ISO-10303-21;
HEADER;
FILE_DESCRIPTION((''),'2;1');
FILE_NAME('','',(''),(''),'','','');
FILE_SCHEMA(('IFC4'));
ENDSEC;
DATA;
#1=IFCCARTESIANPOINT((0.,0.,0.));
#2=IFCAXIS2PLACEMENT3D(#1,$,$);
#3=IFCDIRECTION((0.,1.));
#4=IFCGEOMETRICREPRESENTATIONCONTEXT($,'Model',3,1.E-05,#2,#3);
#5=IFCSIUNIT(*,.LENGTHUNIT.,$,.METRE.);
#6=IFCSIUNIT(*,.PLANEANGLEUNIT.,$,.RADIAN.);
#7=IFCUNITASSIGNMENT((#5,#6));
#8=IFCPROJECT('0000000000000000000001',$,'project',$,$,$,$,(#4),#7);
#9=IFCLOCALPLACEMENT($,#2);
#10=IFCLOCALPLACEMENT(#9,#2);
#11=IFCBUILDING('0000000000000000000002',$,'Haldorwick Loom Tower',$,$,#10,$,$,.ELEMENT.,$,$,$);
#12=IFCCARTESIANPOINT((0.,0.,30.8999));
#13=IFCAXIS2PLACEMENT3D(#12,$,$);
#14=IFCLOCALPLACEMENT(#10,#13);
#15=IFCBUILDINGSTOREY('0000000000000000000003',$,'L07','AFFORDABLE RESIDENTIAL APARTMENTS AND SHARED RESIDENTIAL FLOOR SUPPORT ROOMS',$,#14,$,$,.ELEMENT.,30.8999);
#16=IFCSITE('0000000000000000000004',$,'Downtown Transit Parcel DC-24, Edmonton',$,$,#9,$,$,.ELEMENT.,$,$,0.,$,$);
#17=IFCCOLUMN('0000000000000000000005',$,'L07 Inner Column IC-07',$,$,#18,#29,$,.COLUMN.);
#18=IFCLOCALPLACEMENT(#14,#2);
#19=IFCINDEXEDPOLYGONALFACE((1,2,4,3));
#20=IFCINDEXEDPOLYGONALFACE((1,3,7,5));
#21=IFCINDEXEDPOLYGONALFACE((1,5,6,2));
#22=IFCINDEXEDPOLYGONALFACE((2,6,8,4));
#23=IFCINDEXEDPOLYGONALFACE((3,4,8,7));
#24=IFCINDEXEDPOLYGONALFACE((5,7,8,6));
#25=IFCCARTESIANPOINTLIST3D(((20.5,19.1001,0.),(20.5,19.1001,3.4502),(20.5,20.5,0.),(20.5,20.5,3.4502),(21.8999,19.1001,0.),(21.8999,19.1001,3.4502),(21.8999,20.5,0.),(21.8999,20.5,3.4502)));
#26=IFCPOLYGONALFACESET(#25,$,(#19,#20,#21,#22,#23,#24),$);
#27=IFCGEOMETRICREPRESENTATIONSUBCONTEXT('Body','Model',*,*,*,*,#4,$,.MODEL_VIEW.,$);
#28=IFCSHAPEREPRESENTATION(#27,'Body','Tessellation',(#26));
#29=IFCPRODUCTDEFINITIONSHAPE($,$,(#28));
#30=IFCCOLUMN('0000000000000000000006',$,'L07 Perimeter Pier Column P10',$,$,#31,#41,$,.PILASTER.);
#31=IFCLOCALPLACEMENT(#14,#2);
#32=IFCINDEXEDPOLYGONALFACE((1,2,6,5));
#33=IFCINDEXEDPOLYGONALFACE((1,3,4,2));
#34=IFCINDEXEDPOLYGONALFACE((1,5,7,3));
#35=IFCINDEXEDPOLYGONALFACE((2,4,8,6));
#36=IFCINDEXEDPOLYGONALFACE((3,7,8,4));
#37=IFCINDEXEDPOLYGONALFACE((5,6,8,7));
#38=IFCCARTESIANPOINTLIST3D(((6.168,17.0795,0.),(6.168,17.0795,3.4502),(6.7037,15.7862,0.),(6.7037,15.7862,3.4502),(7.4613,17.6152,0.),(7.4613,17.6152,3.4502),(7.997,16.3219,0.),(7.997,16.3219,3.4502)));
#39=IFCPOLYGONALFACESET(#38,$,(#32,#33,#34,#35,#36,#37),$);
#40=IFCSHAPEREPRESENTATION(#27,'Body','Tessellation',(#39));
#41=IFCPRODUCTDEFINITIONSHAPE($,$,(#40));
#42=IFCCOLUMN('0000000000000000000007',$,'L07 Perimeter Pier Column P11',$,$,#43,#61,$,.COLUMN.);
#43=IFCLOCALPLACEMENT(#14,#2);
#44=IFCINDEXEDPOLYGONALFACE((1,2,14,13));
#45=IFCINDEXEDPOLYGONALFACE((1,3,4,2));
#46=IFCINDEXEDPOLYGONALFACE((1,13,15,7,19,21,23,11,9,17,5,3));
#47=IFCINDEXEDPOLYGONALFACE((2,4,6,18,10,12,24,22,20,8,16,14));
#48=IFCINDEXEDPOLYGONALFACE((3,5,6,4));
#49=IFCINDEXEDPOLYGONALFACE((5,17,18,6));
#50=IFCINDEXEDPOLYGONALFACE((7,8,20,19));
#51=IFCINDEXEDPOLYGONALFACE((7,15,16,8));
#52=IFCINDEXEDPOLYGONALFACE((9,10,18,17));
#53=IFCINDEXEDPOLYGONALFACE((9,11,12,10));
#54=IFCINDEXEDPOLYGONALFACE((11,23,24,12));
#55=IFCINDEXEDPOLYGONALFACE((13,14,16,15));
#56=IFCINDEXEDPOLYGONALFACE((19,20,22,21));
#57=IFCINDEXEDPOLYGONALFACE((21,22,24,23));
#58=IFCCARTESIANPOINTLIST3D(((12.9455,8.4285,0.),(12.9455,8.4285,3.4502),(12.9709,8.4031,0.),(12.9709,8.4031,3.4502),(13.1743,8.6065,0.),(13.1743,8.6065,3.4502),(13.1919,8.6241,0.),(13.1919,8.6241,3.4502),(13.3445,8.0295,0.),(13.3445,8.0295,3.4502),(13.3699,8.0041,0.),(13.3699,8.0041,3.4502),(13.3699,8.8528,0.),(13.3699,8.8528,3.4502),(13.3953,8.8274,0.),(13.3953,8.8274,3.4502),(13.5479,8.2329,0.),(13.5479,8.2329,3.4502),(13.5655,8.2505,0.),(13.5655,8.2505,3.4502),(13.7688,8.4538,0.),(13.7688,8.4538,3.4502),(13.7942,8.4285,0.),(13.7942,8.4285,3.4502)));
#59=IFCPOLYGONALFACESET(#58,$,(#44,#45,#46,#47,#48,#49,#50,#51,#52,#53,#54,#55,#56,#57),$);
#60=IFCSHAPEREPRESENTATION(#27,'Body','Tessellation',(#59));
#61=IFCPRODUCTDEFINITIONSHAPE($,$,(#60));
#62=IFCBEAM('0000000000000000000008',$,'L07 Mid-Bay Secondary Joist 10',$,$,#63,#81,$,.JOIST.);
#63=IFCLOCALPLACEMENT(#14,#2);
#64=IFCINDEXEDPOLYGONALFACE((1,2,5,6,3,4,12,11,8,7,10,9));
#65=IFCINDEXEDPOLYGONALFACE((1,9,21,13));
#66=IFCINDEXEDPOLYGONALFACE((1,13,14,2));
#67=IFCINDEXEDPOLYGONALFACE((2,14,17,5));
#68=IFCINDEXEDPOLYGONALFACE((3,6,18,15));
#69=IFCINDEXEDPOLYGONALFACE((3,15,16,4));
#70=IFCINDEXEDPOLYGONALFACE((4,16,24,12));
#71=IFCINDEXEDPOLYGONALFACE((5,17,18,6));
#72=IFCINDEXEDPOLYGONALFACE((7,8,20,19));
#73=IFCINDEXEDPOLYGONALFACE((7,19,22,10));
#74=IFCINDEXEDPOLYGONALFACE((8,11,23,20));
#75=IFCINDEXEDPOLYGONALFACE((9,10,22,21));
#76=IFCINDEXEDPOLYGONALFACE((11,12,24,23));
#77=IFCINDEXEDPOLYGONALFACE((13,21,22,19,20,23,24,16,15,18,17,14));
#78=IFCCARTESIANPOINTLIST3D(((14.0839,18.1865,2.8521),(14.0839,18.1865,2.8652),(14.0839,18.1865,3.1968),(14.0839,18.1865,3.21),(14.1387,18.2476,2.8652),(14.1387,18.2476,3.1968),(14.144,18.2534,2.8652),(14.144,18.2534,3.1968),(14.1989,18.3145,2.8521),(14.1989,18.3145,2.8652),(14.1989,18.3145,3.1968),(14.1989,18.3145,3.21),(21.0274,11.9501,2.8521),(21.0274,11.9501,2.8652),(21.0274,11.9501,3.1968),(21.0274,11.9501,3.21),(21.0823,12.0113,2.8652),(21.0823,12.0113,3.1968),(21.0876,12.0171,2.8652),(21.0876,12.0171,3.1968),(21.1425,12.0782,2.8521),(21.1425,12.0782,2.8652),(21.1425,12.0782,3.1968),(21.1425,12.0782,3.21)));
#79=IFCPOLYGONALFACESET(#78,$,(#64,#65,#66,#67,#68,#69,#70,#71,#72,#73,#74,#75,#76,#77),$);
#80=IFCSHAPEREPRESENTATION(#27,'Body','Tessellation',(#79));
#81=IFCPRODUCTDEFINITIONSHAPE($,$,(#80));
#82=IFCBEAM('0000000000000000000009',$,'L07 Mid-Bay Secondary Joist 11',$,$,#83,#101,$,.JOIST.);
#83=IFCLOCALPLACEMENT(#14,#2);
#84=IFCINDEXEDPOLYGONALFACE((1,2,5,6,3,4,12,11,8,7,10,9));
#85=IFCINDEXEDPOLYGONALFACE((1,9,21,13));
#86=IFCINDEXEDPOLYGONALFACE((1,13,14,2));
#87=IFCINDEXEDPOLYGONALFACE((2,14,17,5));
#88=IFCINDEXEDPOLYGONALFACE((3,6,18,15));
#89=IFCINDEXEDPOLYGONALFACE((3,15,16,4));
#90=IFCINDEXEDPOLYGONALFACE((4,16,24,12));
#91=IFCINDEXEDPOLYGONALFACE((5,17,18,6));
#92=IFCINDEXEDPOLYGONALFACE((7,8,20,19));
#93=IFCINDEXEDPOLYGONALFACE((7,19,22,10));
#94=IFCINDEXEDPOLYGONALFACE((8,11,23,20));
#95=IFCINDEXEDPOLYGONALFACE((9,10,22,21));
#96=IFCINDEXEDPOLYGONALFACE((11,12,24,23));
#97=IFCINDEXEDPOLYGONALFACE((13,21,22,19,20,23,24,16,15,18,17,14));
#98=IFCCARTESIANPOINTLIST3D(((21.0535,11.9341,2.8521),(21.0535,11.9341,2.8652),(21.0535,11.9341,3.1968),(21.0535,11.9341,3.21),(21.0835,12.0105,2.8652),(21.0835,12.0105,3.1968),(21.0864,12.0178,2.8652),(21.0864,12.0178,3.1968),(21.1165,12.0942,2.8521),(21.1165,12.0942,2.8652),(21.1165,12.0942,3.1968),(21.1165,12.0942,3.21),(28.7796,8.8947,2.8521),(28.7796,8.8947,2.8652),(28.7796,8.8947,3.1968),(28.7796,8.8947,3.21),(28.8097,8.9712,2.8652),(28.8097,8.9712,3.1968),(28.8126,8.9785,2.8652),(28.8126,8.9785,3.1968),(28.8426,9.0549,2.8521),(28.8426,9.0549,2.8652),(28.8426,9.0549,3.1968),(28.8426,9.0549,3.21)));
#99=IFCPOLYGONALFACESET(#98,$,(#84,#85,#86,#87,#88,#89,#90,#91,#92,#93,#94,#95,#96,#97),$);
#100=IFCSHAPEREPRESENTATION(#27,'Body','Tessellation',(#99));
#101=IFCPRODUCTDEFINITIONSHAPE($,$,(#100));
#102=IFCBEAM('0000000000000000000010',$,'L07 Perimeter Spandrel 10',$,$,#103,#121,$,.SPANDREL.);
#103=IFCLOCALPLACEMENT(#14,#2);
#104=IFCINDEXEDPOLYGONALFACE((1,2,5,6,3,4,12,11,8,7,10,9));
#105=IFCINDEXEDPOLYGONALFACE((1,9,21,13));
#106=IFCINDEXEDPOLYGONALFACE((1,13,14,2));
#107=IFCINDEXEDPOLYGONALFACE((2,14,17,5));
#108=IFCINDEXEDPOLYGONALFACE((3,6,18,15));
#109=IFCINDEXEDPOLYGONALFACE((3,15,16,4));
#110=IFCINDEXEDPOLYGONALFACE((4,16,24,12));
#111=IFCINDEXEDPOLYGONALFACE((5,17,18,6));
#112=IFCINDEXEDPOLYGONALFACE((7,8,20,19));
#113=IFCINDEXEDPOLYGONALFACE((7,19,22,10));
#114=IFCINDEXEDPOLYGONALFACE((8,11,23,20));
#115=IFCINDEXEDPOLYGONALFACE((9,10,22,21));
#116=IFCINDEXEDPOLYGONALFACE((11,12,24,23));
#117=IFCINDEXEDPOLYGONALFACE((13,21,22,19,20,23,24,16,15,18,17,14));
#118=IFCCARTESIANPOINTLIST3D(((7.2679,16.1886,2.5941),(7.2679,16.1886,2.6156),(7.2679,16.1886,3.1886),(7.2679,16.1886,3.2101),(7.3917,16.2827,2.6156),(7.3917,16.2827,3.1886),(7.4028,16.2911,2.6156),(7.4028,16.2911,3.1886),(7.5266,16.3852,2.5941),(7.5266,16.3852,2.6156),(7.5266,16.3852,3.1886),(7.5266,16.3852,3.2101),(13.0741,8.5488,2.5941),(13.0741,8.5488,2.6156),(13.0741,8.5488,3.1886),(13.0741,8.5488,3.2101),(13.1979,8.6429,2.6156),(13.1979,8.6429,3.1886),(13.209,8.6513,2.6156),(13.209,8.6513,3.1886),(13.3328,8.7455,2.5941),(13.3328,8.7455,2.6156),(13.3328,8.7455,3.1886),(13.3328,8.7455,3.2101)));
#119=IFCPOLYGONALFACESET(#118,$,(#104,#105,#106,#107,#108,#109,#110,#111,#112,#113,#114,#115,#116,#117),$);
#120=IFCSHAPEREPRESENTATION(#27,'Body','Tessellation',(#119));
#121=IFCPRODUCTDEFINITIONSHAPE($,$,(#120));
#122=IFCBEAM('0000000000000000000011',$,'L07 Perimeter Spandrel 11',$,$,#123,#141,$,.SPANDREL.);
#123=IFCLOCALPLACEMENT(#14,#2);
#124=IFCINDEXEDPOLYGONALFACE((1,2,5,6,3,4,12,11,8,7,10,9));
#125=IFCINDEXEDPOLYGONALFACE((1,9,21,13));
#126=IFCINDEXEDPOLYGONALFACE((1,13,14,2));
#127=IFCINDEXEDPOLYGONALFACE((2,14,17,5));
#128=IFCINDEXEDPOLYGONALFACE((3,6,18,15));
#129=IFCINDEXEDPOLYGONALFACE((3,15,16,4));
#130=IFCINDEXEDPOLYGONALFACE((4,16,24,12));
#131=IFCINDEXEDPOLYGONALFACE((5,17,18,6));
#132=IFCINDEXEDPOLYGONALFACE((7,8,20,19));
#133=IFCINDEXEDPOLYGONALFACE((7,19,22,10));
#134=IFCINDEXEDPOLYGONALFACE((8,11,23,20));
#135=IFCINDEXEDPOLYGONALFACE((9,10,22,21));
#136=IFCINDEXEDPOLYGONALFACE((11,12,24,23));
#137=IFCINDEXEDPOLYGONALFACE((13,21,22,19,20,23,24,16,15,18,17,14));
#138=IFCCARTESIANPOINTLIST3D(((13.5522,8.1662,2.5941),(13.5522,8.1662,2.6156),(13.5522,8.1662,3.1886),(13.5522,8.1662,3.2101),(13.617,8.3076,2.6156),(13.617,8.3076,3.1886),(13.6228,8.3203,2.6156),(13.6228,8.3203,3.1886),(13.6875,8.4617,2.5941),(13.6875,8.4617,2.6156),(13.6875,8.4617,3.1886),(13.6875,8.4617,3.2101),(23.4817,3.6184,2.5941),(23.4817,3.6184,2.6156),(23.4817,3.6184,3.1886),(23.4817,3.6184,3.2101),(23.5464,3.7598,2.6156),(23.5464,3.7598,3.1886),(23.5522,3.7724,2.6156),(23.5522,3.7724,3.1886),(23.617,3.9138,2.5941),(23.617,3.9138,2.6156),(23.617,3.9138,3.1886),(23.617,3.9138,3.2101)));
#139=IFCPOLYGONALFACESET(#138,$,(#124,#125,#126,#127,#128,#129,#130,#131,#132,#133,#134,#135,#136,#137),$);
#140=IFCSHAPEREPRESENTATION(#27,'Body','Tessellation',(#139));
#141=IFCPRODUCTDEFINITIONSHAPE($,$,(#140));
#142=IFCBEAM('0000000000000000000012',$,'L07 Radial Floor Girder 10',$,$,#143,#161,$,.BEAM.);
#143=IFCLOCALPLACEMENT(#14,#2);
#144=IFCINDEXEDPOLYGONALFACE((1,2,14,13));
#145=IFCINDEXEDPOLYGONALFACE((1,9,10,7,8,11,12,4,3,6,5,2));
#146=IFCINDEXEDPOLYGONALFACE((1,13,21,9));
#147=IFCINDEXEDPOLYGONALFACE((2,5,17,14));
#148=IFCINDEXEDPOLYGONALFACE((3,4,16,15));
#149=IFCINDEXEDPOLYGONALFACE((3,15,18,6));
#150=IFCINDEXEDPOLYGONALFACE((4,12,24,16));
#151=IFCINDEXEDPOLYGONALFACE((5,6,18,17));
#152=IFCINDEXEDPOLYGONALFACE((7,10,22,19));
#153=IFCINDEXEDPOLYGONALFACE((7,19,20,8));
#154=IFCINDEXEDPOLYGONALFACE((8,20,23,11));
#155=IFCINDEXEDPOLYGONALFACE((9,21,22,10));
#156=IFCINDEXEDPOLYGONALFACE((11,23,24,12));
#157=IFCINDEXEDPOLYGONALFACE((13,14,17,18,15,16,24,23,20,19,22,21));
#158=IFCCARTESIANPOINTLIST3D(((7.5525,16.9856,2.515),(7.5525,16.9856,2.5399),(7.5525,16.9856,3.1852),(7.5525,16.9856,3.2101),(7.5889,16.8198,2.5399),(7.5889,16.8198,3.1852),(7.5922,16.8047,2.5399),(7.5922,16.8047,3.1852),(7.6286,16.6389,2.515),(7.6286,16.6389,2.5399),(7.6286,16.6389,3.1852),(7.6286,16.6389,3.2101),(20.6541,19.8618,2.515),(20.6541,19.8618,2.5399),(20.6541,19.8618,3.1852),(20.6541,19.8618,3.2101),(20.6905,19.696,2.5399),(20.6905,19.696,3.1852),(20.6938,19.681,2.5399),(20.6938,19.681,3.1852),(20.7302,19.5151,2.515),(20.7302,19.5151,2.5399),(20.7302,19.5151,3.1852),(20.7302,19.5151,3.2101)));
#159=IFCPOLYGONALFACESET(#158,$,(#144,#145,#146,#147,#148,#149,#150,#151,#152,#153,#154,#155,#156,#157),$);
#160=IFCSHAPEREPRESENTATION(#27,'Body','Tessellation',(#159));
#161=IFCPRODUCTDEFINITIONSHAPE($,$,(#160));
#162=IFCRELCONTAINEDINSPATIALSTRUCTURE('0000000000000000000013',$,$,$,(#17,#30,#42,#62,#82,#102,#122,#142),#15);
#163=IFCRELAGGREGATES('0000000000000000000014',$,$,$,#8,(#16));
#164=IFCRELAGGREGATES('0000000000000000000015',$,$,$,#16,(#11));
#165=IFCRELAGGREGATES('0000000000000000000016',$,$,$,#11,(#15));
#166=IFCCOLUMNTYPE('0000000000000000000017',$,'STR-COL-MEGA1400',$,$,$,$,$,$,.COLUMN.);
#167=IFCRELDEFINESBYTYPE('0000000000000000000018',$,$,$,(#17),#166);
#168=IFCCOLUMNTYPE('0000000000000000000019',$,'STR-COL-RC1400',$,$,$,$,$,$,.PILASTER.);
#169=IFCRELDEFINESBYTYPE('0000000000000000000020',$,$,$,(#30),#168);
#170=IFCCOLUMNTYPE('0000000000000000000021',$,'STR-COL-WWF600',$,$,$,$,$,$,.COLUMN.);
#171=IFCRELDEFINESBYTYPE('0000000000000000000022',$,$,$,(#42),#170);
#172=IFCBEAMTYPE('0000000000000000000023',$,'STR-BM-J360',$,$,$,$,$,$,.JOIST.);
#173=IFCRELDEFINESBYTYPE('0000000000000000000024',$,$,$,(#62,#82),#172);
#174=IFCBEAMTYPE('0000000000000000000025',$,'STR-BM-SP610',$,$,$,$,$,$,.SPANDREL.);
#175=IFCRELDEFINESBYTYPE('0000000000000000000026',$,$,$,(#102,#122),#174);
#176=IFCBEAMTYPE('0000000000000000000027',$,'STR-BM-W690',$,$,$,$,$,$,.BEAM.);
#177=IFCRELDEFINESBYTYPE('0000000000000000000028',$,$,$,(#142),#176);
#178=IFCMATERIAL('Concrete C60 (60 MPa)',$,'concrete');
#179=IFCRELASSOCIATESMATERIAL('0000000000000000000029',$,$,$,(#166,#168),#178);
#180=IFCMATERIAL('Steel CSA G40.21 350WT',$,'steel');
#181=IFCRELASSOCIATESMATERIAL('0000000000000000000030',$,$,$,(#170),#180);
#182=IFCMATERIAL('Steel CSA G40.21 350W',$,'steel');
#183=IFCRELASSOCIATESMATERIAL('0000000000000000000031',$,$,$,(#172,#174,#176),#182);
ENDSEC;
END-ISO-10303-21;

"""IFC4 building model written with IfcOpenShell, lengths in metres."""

from ifc_helpers import new_model, si_unit, direction, frame, origin, origin_2d, place, context, subcontext, project, spatial, rectangle, i_section, extrude, material, material_profile, profile_set, type_object, element, save


model = new_model("IFC4")

# Units and contexts
model_context = context("Model", 3, precision=1e-05, world=origin(), true_north=direction((0.0, 1.0)))
body_context = subcontext(model_context, "Body", "Model", "MODEL_VIEW")
ifc_project = project(units=[si_unit("LENGTHUNIT", "METRE"), si_unit("PLANEANGLEUNIT", "RADIAN")], contexts=[model_context])

# Site, building, storey
site_placement = place(None, origin())
site = spatial("IfcSite", under=ifc_project, at=site_placement, Name="Downtown Transit Parcel DC-24, Edmonton", CompositionType="ELEMENT", RefElevation=0.0)
building_placement = place(site_placement, origin())
building = spatial("IfcBuilding", under=site, at=building_placement, Name="Haldorwick Loom Tower", CompositionType="ELEMENT")
storey_placement = place(building_placement, frame((0.0, 0.0, 30.8999)))
storey = spatial("IfcBuildingStorey", under=building, at=storey_placement, Name="L07", Description="AFFORDABLE RESIDENTIAL APARTMENTS AND SHARED RESIDENTIAL FLOOR SUPPORT ROOMS", CompositionType="ELEMENT", Elevation=30.8999)

# Columns
ifc_material_1 = material(Name="Concrete C60 (60 MPa)", Category="concrete")
ifc_material_profile_1 = material_profile(ifc_material_1, rectangle(XDim=1.3999, YDim=1.3999, at=origin_2d()), Name="RC1400X1400", Category="concrete")
ifc_profile_set_1 = profile_set([ifc_material_profile_1], Name="Concrete C60 (60 MPa)")
column_type_1 = type_object("IfcColumnType", Name="STR-COL-MEGA1400", PredefinedType="COLUMN", material=ifc_profile_set_1)
column_1_placement = place(storey_placement, frame((21.2, 19.8, 0.0), z_axis=(0.0, 0.0, 1.0), x_axis=(1.0, 0.0, 0.0)))
element("IfcColumn", 1, at=column_1_placement, inside=storey, type_object=column_type_1, Name="L07 Inner Column IC-07", PredefinedType="COLUMN", context=body_context, shape_type="SweptSolid", body=[
    extrude(rectangle(XDim=1.3999, YDim=1.3999, at=origin_2d()), origin(), (0.0, 0.0, 1.0), 3.4502),
])
ifc_material_profile_2 = material_profile(ifc_material_1, rectangle(XDim=1.3999, YDim=1.3999, at=origin_2d()), Name="RC1400X1400", Category="concrete")
ifc_profile_set_2 = profile_set([ifc_material_profile_2], Name="Concrete C60 (60 MPa)")
column_type_2 = type_object("IfcColumnType", Name="STR-COL-RC1400", PredefinedType="PILASTER", material=ifc_profile_set_2)
column_2_placement = place(storey_placement, frame((7.0825, 16.7007, 0.0), z_axis=(0.0, 0.0, 1.0), x_axis=(-0.92388, -0.382683, 0.0)))
element("IfcColumn", 2, at=column_2_placement, inside=storey, type_object=column_type_2, Name="L07 Perimeter Pier Column P10", PredefinedType="PILASTER", context=body_context, shape_type="SweptSolid", body=[
    extrude(rectangle(XDim=1.3999, YDim=1.3999, at=origin_2d()), origin(), (0.0, 0.0, 1.0), 3.4502),
])
ifc_material_2 = material(Name="Steel CSA G40.21 350WT", Category="steel")
ifc_material_profile_3 = material_profile(ifc_material_2, i_section(OverallWidth=0.6001, OverallDepth=0.6001, WebThickness=0.0249, FlangeThickness=0.0359, at=origin_2d()), Name="WWF600X600", Category="steel")
ifc_profile_set_3 = profile_set([ifc_material_profile_3], Name="Steel CSA G40.21 350WT")
column_type_3 = type_object("IfcColumnType", Name="STR-COL-WWF600", PredefinedType="COLUMN", material=ifc_profile_set_3)
column_3_placement = place(storey_placement, frame((13.3699, 8.4285, 0.0), z_axis=(0.0, 0.0, 1.0), x_axis=(-0.707107, -0.707107, 0.0)))
element("IfcColumn", 3, at=column_3_placement, inside=storey, type_object=column_type_3, Name="L07 Perimeter Pier Column P11", PredefinedType="COLUMN", context=body_context, shape_type="SweptSolid", body=[
    extrude(i_section(OverallWidth=0.6001, OverallDepth=0.6001, WebThickness=0.0249, FlangeThickness=0.0359, at=origin_2d()), origin(), (0.0, 0.0, 1.0), 3.4502),
])

# Beams
ifc_material_3 = material(Name="Steel CSA G40.21 350W", Category="steel")
ifc_material_profile_4 = material_profile(ifc_material_3, i_section(OverallWidth=0.1721, OverallDepth=0.3579, WebThickness=0.0078, FlangeThickness=0.0132, at=origin_2d()), Name="W360X57", Category="steel")
ifc_profile_set_4 = profile_set([ifc_material_profile_4], Name="Steel CSA G40.21 350W")
beam_type_1 = type_object("IfcBeamType", Name="STR-BM-J360", PredefinedType="JOIST", material=ifc_profile_set_4)
beam_1_placement = place(storey_placement, frame((14.1414, 18.2505, 3.031), z_axis=(0.743982, -0.6682, 0.0), x_axis=(0.6682, 0.743982, 0.0)))
element("IfcBeam", 4, at=beam_1_placement, inside=storey, type_object=beam_type_1, Name="L07 Mid-Bay Secondary Joist 10", PredefinedType="JOIST", context=body_context, shape_type="SweptSolid", body=[
    extrude(i_section(OverallWidth=0.1721, OverallDepth=0.3579, WebThickness=0.0078, FlangeThickness=0.0132, at=origin_2d()), origin(), (0.0, 0.0, 1.0), 9.333),
])
beam_2_placement = place(storey_placement, frame((21.085, 12.0142, 3.031), z_axis=(0.930585, -0.366076, 0.0), x_axis=(0.366076, 0.930585, 0.0)))
element("IfcBeam", 5, at=beam_2_placement, inside=storey, type_object=beam_type_1, Name="L07 Mid-Bay Secondary Joist 11", PredefinedType="JOIST", context=body_context, shape_type="SweptSolid", body=[
    extrude(i_section(OverallWidth=0.1721, OverallDepth=0.3579, WebThickness=0.0078, FlangeThickness=0.0132, at=origin_2d()), origin(), (0.0, 0.0, 1.0), 8.3025),
])
ifc_material_profile_5 = material_profile(ifc_material_3, i_section(OverallWidth=0.325, OverallDepth=0.616, WebThickness=0.0139, FlangeThickness=0.0215, at=origin_2d()), Name="W610X174", Category="steel")
ifc_profile_set_5 = profile_set([ifc_material_profile_5], Name="Steel CSA G40.21 350W")
beam_type_2 = type_object("IfcBeamType", Name="STR-BM-SP610", PredefinedType="SPANDREL", material=ifc_profile_set_5)
beam_3_placement = place(storey_placement, frame((7.3972, 16.2869, 2.9021), z_axis=(0.605085, -0.796161, 0.0), x_axis=(0.796161, 0.605085, 0.0)))
element("IfcBeam", 6, at=beam_3_placement, inside=storey, type_object=beam_type_2, Name="L07 Perimeter Spandrel 10", PredefinedType="SPANDREL", context=body_context, shape_type="SweptSolid", body=[
    extrude(i_section(OverallWidth=0.325, OverallDepth=0.616, WebThickness=0.0139, FlangeThickness=0.0215, at=origin_2d()), origin(), (0.0, 0.0, 1.0), 9.5957),
])
beam_4_placement = place(storey_placement, frame((13.6199, 8.314, 2.9021), z_axis=(0.909174, -0.416417, 0.0), x_axis=(0.416417, 0.909174, 0.0)))
element("IfcBeam", 7, at=beam_4_placement, inside=storey, type_object=beam_type_2, Name="L07 Perimeter Spandrel 11", PredefinedType="SPANDREL", context=body_context, shape_type="SweptSolid", body=[
    extrude(i_section(OverallWidth=0.325, OverallDepth=0.616, WebThickness=0.0139, FlangeThickness=0.0215, at=origin_2d()), origin(), (0.0, 0.0, 1.0), 10.9214),
])
ifc_material_profile_6 = material_profile(ifc_material_3, i_section(OverallWidth=0.355, OverallDepth=0.6951, WebThickness=0.0154, FlangeThickness=0.0249, at=origin_2d()), Name="W690X217", Category="steel")
ifc_profile_set_6 = profile_set([ifc_material_profile_6], Name="Steel CSA G40.21 350W")
beam_type_3 = type_object("IfcBeamType", Name="STR-BM-W690", PredefinedType="BEAM", material=ifc_profile_set_6)
beam_5_placement = place(storey_placement, frame((20.6921, 19.6885, 2.8625), z_axis=(-0.97674, -0.214426, 0.0), x_axis=(0.214426, -0.97674, 0.0)))
element("IfcBeam", 8, at=beam_5_placement, inside=storey, type_object=beam_type_3, Name="L07 Radial Floor Girder 10", PredefinedType="BEAM", context=body_context, shape_type="SweptSolid", body=[
    extrude(i_section(OverallWidth=0.355, OverallDepth=0.6951, WebThickness=0.0154, FlangeThickness=0.0249, at=origin_2d()), origin(), (0.0, 0.0, 1.0), 13.4136),
])

save(model, "model.ifc")
